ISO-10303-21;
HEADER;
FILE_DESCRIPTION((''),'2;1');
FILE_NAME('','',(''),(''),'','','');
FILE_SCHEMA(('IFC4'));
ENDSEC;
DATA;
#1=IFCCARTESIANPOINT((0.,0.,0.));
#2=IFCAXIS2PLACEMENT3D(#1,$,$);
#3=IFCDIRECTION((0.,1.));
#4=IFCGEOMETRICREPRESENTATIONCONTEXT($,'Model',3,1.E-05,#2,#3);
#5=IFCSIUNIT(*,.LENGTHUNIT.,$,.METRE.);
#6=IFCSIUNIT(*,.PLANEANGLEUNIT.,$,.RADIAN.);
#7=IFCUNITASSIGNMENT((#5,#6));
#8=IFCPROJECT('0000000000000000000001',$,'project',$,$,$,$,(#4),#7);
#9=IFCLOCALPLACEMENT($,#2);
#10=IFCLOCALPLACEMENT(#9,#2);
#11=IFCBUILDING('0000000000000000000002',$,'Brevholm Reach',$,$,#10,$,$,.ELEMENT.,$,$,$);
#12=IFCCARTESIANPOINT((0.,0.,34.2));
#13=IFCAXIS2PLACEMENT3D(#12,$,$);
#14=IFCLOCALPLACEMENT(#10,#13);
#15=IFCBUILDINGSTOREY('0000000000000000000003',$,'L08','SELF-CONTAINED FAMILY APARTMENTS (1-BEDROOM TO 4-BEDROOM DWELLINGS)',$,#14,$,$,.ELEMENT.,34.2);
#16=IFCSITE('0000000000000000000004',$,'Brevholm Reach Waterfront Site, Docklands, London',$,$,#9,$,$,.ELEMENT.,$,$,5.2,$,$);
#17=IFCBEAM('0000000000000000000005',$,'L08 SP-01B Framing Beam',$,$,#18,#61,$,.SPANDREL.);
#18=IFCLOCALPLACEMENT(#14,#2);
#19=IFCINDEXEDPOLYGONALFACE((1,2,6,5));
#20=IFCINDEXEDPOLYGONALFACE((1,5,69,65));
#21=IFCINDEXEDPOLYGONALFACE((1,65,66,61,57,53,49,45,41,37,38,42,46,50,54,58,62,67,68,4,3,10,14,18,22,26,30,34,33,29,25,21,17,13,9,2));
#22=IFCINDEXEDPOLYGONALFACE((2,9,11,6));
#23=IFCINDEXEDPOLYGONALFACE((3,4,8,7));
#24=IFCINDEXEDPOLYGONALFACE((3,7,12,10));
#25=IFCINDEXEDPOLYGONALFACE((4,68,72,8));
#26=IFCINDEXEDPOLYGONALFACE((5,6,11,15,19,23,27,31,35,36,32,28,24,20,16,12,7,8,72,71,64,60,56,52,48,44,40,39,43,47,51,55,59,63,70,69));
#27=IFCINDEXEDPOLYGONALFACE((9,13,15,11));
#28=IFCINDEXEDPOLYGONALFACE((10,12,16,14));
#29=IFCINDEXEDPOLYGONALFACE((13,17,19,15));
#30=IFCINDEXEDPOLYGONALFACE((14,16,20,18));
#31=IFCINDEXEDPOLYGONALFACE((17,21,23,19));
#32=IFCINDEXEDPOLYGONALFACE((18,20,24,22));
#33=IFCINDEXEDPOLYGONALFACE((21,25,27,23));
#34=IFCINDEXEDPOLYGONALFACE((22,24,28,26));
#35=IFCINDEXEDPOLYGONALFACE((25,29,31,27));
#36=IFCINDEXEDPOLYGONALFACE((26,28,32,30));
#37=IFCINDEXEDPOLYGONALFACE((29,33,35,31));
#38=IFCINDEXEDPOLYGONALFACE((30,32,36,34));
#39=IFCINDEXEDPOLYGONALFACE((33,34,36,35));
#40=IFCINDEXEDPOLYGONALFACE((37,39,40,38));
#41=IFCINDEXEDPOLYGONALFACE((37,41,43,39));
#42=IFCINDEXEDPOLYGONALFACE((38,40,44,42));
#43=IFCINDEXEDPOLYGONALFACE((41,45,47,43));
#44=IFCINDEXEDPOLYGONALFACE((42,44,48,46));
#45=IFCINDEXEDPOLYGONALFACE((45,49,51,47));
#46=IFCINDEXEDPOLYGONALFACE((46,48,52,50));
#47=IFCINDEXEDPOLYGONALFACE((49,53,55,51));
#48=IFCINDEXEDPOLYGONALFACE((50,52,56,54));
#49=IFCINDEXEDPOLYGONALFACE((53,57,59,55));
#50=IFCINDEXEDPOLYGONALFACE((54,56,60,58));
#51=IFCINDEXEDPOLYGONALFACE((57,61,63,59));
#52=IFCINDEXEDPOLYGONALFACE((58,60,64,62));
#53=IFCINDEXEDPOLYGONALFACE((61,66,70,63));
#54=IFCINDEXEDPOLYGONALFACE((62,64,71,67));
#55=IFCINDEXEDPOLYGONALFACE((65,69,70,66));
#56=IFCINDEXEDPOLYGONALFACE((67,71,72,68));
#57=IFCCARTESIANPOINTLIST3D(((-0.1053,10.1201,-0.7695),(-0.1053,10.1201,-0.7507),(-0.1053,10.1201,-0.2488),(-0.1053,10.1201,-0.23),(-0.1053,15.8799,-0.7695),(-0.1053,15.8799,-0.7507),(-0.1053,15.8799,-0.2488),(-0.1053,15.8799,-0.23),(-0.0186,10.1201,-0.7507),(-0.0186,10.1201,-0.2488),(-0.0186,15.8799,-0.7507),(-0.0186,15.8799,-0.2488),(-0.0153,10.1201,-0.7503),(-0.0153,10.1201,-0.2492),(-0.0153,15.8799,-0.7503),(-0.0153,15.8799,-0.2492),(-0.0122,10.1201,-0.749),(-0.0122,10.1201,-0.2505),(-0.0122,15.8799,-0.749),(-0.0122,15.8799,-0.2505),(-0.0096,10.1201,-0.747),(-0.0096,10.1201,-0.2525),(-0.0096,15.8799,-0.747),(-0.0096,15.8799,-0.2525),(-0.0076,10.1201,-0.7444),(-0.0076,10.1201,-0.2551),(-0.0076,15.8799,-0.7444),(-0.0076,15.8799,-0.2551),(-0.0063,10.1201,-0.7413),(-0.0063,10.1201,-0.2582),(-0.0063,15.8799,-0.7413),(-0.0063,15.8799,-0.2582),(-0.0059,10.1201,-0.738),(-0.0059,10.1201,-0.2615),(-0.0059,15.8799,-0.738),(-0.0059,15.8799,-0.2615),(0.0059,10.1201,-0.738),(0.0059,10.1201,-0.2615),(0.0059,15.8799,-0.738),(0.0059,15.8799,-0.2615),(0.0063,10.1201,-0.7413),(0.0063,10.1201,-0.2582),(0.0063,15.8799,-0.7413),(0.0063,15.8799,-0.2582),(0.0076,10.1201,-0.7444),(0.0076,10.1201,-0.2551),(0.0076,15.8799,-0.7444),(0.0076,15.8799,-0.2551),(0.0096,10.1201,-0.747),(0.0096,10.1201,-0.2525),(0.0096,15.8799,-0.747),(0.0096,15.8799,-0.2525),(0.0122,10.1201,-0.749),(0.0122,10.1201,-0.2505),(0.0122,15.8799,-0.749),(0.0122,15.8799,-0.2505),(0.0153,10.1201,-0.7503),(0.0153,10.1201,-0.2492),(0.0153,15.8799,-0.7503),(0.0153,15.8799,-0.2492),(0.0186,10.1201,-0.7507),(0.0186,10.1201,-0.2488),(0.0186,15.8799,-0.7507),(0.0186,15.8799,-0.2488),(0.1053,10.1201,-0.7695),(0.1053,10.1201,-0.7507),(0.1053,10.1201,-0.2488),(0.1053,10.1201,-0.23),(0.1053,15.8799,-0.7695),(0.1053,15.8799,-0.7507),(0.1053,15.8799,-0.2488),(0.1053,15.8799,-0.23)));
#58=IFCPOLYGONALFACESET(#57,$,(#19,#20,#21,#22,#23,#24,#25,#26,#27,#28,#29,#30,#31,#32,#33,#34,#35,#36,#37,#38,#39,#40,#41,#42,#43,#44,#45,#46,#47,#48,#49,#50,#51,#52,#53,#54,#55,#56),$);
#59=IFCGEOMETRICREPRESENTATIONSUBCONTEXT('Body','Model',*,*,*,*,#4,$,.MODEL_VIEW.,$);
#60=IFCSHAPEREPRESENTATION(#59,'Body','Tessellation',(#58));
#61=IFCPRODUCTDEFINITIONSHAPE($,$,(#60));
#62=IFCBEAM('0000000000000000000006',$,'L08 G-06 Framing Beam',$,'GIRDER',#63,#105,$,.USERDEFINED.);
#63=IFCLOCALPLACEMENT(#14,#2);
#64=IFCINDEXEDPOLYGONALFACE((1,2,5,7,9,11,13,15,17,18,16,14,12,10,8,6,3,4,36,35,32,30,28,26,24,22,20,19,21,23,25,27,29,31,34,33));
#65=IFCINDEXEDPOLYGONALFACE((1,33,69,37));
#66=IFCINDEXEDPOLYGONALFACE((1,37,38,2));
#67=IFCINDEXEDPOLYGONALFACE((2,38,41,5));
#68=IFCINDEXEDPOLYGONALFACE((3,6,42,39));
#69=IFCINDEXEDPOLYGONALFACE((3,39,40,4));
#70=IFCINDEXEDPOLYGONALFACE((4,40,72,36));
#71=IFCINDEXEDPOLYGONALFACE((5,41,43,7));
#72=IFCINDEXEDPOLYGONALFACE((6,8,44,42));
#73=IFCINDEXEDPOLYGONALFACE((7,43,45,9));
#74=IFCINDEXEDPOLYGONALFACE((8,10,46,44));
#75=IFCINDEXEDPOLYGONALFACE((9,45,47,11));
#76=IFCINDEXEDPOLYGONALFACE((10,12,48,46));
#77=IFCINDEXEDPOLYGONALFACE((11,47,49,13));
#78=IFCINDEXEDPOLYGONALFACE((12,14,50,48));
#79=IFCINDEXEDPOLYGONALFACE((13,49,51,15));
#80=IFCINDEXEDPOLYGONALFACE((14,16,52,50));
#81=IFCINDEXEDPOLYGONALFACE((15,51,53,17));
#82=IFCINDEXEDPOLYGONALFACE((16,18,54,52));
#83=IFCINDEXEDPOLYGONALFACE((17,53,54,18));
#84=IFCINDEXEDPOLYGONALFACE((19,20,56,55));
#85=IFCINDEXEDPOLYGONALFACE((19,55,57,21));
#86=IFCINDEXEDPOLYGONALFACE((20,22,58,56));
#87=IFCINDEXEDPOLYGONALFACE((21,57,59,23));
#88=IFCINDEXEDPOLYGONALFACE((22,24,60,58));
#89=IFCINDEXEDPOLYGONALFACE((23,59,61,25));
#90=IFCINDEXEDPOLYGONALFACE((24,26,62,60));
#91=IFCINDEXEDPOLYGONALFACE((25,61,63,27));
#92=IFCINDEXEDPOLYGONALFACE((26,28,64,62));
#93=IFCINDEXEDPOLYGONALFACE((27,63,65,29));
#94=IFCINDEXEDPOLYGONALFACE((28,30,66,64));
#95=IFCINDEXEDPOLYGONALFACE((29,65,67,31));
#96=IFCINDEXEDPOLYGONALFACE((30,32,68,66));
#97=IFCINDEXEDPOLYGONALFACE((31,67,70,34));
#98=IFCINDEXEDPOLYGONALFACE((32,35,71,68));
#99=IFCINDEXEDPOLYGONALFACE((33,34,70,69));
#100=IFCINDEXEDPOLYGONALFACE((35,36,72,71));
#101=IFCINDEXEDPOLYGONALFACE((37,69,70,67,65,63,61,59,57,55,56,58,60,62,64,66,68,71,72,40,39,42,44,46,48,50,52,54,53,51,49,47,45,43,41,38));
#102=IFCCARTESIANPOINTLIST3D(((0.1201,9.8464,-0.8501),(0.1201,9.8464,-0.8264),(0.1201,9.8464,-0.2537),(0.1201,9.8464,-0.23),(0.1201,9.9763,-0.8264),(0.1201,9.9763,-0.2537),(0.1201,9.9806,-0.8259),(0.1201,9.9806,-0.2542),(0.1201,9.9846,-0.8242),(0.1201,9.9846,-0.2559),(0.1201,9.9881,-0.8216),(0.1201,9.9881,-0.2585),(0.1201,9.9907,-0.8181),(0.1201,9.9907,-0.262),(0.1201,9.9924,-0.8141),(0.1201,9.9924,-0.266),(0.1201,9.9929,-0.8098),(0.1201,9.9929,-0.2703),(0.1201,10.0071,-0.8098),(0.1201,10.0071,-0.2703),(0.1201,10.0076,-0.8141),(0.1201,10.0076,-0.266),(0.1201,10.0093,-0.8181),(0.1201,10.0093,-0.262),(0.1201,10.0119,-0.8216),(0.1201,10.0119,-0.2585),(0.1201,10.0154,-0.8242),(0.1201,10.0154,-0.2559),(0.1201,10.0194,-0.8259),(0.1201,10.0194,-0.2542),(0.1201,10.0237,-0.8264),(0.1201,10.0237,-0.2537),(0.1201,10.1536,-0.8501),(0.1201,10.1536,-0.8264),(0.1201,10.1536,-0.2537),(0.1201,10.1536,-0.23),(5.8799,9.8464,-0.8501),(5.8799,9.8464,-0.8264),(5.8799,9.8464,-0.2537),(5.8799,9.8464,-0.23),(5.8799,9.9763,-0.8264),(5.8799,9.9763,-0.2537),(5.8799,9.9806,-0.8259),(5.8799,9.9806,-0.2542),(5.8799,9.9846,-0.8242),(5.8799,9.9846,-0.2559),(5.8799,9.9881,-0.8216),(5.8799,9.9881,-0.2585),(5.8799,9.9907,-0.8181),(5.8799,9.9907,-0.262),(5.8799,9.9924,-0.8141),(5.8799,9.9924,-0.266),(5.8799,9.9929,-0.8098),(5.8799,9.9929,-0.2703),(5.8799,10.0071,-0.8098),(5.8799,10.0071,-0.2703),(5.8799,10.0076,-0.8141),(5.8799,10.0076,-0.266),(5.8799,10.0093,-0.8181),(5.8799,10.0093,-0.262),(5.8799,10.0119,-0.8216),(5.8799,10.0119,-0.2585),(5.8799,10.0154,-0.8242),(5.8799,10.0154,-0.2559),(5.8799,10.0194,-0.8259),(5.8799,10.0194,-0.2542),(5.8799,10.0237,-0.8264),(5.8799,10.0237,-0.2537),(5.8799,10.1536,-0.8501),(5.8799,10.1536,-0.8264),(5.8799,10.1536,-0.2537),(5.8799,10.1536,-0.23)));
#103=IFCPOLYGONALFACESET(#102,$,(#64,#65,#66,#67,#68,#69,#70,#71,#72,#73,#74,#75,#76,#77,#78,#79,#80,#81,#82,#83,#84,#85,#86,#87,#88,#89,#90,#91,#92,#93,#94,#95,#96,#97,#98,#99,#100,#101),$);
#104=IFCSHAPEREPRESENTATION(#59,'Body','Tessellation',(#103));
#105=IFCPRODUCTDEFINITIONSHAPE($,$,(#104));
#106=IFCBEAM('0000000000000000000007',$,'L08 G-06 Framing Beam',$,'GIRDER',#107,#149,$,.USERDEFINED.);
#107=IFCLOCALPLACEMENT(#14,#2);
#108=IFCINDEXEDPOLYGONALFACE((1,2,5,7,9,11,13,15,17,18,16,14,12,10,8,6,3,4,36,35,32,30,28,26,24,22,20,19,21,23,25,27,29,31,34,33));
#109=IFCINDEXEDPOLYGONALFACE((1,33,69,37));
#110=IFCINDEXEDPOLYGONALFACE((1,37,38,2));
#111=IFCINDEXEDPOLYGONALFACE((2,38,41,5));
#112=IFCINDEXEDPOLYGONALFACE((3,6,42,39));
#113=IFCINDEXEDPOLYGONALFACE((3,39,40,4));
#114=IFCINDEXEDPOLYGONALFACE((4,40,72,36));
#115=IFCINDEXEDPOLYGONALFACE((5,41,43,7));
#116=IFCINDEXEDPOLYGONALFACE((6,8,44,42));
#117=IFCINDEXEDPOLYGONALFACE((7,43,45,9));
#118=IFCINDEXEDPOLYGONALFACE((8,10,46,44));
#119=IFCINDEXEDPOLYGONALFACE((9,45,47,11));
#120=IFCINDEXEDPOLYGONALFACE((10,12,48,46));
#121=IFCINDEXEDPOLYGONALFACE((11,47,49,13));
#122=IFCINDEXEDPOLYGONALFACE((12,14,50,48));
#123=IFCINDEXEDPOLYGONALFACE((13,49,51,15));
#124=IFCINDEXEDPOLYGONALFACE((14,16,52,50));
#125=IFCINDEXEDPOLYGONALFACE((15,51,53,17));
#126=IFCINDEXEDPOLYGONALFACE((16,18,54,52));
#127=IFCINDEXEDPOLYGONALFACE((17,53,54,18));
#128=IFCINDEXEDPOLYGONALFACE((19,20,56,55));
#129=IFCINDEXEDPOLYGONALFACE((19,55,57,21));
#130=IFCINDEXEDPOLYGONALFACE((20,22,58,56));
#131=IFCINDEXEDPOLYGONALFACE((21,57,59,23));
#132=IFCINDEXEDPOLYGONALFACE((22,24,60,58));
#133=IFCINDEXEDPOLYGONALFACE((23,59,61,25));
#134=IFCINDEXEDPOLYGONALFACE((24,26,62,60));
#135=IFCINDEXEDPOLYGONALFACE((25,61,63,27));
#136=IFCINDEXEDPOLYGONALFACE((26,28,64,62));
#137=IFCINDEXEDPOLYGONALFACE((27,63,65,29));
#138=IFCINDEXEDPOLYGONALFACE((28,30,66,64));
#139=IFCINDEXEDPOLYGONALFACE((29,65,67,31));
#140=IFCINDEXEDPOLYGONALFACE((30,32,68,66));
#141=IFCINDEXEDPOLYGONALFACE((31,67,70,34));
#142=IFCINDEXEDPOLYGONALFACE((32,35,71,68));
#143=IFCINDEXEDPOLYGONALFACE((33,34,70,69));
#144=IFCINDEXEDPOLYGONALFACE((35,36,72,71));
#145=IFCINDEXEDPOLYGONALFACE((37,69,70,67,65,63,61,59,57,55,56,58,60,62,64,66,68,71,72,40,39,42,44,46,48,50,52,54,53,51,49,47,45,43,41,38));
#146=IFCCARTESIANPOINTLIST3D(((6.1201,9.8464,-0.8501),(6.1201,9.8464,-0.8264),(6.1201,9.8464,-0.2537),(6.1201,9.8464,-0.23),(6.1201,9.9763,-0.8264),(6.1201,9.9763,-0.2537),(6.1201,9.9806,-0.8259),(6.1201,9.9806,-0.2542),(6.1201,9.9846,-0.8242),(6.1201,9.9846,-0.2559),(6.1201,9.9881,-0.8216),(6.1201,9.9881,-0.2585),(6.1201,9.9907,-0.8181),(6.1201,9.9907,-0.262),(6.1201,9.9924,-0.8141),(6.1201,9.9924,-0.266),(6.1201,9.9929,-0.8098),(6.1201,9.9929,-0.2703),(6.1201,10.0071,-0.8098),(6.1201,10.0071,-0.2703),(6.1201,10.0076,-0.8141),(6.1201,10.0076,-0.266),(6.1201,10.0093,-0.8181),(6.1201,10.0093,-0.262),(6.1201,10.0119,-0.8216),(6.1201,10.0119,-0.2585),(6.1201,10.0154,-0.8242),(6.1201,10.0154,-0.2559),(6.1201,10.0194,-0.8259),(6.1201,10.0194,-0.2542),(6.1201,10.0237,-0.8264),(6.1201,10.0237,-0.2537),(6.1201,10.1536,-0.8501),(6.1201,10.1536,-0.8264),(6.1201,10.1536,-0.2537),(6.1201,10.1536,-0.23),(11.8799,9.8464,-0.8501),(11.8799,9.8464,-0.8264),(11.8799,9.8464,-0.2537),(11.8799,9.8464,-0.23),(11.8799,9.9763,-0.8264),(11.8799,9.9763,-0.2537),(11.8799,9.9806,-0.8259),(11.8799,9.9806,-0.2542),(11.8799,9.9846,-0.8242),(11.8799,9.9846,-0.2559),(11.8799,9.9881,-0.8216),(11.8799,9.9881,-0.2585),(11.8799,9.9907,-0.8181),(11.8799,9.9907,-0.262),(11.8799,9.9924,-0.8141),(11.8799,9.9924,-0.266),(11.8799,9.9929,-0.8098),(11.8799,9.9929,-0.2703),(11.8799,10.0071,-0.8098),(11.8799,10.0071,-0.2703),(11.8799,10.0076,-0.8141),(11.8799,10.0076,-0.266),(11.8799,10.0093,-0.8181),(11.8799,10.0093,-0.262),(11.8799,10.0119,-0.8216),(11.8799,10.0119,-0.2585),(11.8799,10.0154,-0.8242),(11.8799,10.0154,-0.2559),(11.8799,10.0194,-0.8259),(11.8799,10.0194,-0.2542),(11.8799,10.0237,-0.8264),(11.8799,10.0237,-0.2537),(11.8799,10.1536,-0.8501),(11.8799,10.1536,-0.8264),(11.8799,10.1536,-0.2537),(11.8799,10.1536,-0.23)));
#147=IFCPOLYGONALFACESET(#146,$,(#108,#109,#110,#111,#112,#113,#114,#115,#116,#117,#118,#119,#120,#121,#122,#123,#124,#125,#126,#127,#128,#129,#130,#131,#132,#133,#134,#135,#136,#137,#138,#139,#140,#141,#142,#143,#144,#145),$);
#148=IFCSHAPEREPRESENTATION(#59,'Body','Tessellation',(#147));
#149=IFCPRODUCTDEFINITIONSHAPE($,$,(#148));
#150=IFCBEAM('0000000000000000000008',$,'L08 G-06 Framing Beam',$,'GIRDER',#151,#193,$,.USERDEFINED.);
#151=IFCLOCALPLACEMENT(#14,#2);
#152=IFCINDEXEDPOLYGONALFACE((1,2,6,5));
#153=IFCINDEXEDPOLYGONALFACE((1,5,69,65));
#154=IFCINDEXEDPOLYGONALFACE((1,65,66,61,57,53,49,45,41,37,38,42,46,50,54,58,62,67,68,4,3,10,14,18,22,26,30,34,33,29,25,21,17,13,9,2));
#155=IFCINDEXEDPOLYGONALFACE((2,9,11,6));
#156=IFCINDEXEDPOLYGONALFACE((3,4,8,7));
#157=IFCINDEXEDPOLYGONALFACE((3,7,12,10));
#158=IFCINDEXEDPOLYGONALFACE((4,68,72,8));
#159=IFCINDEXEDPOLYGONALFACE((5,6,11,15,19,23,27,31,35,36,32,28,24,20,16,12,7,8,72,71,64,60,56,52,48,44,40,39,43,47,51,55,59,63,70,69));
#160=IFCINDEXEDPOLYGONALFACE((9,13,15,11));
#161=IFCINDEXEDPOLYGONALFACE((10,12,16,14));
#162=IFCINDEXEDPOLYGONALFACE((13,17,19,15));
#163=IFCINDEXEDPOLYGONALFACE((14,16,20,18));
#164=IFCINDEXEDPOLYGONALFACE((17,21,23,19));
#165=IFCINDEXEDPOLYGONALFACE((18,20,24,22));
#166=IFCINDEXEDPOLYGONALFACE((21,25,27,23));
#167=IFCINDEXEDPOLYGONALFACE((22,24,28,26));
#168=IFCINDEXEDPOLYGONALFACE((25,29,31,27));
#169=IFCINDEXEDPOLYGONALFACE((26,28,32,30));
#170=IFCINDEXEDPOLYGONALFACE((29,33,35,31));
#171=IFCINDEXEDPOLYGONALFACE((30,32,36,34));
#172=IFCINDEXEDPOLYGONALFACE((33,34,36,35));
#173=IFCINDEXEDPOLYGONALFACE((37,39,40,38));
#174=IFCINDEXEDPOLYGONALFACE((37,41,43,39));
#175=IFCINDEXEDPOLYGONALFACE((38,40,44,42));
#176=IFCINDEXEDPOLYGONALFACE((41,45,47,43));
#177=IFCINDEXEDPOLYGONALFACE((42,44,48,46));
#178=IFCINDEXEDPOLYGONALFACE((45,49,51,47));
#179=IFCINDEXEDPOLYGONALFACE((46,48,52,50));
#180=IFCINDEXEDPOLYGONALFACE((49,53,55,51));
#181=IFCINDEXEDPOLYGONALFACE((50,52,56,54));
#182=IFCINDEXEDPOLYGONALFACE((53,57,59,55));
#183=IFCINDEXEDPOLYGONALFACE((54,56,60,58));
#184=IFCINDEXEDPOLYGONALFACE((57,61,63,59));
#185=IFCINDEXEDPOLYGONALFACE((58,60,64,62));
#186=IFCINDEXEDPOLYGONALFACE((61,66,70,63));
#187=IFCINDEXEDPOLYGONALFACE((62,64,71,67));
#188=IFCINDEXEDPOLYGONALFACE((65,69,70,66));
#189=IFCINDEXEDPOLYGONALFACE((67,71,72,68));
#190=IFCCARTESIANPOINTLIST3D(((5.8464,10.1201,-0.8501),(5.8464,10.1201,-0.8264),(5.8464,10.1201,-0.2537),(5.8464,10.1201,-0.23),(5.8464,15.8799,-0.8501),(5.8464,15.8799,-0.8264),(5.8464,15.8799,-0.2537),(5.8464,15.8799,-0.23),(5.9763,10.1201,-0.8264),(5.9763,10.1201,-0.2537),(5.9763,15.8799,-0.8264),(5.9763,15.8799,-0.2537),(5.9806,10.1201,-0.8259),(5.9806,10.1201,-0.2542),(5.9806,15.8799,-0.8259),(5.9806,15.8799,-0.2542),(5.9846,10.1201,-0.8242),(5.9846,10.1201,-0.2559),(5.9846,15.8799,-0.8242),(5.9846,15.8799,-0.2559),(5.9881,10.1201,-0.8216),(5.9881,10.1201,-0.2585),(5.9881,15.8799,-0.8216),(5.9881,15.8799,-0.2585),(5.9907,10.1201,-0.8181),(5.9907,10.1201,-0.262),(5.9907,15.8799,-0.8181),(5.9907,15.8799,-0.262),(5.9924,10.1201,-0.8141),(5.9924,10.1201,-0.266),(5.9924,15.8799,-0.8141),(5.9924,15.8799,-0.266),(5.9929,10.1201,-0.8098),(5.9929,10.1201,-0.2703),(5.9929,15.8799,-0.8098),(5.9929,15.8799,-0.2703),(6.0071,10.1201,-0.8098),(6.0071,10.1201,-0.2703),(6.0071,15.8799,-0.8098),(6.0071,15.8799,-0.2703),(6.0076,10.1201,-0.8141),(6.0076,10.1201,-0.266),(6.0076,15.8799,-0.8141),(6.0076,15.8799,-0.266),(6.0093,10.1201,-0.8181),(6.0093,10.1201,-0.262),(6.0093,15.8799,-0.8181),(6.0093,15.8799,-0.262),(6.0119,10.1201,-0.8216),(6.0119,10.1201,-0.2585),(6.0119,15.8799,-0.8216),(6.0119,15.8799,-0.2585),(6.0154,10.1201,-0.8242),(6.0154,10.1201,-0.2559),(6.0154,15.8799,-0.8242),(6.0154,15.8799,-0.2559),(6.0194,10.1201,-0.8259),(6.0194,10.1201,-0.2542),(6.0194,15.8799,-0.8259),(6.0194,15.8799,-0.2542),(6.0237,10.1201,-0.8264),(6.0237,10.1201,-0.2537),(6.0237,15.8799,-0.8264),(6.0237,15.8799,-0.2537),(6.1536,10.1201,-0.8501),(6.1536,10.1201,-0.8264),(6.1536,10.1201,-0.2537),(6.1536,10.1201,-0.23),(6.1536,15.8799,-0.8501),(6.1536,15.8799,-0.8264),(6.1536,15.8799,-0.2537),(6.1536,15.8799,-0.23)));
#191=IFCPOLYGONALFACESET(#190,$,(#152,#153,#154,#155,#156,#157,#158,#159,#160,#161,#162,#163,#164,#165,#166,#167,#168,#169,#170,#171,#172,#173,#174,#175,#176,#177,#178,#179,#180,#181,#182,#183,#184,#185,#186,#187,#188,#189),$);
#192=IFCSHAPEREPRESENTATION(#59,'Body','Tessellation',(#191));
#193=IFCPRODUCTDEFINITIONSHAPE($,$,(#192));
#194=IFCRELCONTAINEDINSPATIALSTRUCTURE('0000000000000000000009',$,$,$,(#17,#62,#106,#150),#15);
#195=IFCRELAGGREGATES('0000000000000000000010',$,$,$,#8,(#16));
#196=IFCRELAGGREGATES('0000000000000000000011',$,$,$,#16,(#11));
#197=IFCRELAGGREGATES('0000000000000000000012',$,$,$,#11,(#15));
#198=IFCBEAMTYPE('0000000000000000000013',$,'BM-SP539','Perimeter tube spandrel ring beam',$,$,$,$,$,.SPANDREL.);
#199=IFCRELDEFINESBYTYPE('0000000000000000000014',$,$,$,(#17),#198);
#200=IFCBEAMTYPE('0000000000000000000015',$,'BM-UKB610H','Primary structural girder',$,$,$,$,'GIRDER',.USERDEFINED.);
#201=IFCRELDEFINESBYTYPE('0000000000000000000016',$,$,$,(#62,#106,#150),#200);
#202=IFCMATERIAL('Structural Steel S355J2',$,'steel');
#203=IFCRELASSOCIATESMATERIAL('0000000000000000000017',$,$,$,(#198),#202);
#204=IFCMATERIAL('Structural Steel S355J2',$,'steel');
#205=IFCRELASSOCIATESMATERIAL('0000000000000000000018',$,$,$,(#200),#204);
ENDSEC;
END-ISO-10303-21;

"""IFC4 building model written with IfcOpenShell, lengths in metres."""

from ifc_helpers import new_model, si_unit, direction, frame, origin, origin_2d, place, context, subcontext, project, spatial, i_section, extrude, material, material_profile, profile_set, type_object, element, save


model = new_model("IFC4")

# Units and contexts
model_context = context("Model", 3, precision=1e-05, world=origin(), true_north=direction((0.0, 1.0)))
body_context = subcontext(model_context, "Body", "Model", "MODEL_VIEW")
ifc_project = project(units=[si_unit("LENGTHUNIT", "METRE"), si_unit("PLANEANGLEUNIT", "RADIAN")], contexts=[model_context])

# Site, building, storey
site_placement = place(None, origin())
site = spatial("IfcSite", under=ifc_project, at=site_placement, Name="Brevholm Reach Waterfront Site, Docklands, London", CompositionType="ELEMENT", RefElevation=5.2)
building_placement = place(site_placement, origin())
building = spatial("IfcBuilding", under=site, at=building_placement, Name="Brevholm Reach", CompositionType="ELEMENT")
storey_placement = place(building_placement, frame((0.0, 0.0, 34.2)))
storey = spatial("IfcBuildingStorey", under=building, at=storey_placement, Name="L08", Description="SELF-CONTAINED FAMILY APARTMENTS (1-BEDROOM TO 4-BEDROOM DWELLINGS)", CompositionType="ELEMENT", Elevation=34.2)

# Beams
ifc_material_1 = material(Name="Structural Steel S355J2", Category="steel")
ifc_material_profile_1 = material_profile(ifc_material_1, i_section(OverallWidth=0.2107, OverallDepth=0.5396, WebThickness=0.0117, FlangeThickness=0.0188, FilletRadius=0.0127, at=origin_2d()), Name="UKB 533x210x109")
ifc_profile_set_1 = profile_set([ifc_material_profile_1], Name="Structural Steel S355J2")
beam_type_1 = type_object("IfcBeamType", Name="BM-SP539", Description="Perimeter tube spandrel ring beam", PredefinedType="SPANDREL", material=ifc_profile_set_1)
beam_placement = place(storey_placement, frame((0.0, 10.1201, -0.4998), z_axis=(0.0, 1.0, 0.0), x_axis=(-1.0, 0.0, 0.0)))
element("IfcBeam", 1, at=beam_placement, inside=storey, type_object=beam_type_1, Name="L08 SP-01B Framing Beam", PredefinedType="SPANDREL", context=body_context, shape_type="SweptSolid", body=[
    extrude(i_section(OverallWidth=0.2107, OverallDepth=0.5396, WebThickness=0.0117, FlangeThickness=0.0188, FilletRadius=0.0127, at=origin_2d()), origin(), (0.0, 0.0, 1.0), 5.7598),
])
ifc_material_2 = material(Name="Structural Steel S355J2", Category="steel")
ifc_material_profile_2 = material_profile(ifc_material_2, i_section(OverallWidth=0.3071, OverallDepth=0.6201, WebThickness=0.0142, FlangeThickness=0.0237, FilletRadius=0.0166, at=origin_2d()), Name="UKB 610x305x179")
ifc_profile_set_2 = profile_set([ifc_material_profile_2], Name="Structural Steel S355J2")
beam_type_2 = type_object("IfcBeamType", Name="BM-UKB610H", Description="Primary structural girder", ElementType="GIRDER", PredefinedType="USERDEFINED", material=ifc_profile_set_2)
for number, where, z_axis, x_axis, name in (
    (2, (0.1201, 10.0, -0.54), (1.0, 0.0, 0.0), (0.0, 1.0, 0.0), "L08 G-06 Framing Beam"),
    (3, (6.1201, 10.0, -0.54), (1.0, 0.0, 0.0), (0.0, 1.0, 0.0), "L08 G-06 Framing Beam"),
    (4, (6.0, 10.1201, -0.54), (0.0, 1.0, 0.0), (-1.0, 0.0, 0.0), "L08 G-06 Framing Beam"),
):
    element("IfcBeam", number, at=place(storey_placement, frame(where, z_axis=z_axis, x_axis=x_axis)), inside=storey, type_object=beam_type_2, Name=name, ObjectType="GIRDER", PredefinedType="USERDEFINED", context=body_context, shape_type="SweptSolid", body=[
        extrude(i_section(OverallWidth=0.3071, OverallDepth=0.6201, WebThickness=0.0142, FlangeThickness=0.0237, FilletRadius=0.0166, at=origin_2d()), origin(), (0.0, 0.0, 1.0), 5.7598),
    ])

save(model, "model.ifc")
